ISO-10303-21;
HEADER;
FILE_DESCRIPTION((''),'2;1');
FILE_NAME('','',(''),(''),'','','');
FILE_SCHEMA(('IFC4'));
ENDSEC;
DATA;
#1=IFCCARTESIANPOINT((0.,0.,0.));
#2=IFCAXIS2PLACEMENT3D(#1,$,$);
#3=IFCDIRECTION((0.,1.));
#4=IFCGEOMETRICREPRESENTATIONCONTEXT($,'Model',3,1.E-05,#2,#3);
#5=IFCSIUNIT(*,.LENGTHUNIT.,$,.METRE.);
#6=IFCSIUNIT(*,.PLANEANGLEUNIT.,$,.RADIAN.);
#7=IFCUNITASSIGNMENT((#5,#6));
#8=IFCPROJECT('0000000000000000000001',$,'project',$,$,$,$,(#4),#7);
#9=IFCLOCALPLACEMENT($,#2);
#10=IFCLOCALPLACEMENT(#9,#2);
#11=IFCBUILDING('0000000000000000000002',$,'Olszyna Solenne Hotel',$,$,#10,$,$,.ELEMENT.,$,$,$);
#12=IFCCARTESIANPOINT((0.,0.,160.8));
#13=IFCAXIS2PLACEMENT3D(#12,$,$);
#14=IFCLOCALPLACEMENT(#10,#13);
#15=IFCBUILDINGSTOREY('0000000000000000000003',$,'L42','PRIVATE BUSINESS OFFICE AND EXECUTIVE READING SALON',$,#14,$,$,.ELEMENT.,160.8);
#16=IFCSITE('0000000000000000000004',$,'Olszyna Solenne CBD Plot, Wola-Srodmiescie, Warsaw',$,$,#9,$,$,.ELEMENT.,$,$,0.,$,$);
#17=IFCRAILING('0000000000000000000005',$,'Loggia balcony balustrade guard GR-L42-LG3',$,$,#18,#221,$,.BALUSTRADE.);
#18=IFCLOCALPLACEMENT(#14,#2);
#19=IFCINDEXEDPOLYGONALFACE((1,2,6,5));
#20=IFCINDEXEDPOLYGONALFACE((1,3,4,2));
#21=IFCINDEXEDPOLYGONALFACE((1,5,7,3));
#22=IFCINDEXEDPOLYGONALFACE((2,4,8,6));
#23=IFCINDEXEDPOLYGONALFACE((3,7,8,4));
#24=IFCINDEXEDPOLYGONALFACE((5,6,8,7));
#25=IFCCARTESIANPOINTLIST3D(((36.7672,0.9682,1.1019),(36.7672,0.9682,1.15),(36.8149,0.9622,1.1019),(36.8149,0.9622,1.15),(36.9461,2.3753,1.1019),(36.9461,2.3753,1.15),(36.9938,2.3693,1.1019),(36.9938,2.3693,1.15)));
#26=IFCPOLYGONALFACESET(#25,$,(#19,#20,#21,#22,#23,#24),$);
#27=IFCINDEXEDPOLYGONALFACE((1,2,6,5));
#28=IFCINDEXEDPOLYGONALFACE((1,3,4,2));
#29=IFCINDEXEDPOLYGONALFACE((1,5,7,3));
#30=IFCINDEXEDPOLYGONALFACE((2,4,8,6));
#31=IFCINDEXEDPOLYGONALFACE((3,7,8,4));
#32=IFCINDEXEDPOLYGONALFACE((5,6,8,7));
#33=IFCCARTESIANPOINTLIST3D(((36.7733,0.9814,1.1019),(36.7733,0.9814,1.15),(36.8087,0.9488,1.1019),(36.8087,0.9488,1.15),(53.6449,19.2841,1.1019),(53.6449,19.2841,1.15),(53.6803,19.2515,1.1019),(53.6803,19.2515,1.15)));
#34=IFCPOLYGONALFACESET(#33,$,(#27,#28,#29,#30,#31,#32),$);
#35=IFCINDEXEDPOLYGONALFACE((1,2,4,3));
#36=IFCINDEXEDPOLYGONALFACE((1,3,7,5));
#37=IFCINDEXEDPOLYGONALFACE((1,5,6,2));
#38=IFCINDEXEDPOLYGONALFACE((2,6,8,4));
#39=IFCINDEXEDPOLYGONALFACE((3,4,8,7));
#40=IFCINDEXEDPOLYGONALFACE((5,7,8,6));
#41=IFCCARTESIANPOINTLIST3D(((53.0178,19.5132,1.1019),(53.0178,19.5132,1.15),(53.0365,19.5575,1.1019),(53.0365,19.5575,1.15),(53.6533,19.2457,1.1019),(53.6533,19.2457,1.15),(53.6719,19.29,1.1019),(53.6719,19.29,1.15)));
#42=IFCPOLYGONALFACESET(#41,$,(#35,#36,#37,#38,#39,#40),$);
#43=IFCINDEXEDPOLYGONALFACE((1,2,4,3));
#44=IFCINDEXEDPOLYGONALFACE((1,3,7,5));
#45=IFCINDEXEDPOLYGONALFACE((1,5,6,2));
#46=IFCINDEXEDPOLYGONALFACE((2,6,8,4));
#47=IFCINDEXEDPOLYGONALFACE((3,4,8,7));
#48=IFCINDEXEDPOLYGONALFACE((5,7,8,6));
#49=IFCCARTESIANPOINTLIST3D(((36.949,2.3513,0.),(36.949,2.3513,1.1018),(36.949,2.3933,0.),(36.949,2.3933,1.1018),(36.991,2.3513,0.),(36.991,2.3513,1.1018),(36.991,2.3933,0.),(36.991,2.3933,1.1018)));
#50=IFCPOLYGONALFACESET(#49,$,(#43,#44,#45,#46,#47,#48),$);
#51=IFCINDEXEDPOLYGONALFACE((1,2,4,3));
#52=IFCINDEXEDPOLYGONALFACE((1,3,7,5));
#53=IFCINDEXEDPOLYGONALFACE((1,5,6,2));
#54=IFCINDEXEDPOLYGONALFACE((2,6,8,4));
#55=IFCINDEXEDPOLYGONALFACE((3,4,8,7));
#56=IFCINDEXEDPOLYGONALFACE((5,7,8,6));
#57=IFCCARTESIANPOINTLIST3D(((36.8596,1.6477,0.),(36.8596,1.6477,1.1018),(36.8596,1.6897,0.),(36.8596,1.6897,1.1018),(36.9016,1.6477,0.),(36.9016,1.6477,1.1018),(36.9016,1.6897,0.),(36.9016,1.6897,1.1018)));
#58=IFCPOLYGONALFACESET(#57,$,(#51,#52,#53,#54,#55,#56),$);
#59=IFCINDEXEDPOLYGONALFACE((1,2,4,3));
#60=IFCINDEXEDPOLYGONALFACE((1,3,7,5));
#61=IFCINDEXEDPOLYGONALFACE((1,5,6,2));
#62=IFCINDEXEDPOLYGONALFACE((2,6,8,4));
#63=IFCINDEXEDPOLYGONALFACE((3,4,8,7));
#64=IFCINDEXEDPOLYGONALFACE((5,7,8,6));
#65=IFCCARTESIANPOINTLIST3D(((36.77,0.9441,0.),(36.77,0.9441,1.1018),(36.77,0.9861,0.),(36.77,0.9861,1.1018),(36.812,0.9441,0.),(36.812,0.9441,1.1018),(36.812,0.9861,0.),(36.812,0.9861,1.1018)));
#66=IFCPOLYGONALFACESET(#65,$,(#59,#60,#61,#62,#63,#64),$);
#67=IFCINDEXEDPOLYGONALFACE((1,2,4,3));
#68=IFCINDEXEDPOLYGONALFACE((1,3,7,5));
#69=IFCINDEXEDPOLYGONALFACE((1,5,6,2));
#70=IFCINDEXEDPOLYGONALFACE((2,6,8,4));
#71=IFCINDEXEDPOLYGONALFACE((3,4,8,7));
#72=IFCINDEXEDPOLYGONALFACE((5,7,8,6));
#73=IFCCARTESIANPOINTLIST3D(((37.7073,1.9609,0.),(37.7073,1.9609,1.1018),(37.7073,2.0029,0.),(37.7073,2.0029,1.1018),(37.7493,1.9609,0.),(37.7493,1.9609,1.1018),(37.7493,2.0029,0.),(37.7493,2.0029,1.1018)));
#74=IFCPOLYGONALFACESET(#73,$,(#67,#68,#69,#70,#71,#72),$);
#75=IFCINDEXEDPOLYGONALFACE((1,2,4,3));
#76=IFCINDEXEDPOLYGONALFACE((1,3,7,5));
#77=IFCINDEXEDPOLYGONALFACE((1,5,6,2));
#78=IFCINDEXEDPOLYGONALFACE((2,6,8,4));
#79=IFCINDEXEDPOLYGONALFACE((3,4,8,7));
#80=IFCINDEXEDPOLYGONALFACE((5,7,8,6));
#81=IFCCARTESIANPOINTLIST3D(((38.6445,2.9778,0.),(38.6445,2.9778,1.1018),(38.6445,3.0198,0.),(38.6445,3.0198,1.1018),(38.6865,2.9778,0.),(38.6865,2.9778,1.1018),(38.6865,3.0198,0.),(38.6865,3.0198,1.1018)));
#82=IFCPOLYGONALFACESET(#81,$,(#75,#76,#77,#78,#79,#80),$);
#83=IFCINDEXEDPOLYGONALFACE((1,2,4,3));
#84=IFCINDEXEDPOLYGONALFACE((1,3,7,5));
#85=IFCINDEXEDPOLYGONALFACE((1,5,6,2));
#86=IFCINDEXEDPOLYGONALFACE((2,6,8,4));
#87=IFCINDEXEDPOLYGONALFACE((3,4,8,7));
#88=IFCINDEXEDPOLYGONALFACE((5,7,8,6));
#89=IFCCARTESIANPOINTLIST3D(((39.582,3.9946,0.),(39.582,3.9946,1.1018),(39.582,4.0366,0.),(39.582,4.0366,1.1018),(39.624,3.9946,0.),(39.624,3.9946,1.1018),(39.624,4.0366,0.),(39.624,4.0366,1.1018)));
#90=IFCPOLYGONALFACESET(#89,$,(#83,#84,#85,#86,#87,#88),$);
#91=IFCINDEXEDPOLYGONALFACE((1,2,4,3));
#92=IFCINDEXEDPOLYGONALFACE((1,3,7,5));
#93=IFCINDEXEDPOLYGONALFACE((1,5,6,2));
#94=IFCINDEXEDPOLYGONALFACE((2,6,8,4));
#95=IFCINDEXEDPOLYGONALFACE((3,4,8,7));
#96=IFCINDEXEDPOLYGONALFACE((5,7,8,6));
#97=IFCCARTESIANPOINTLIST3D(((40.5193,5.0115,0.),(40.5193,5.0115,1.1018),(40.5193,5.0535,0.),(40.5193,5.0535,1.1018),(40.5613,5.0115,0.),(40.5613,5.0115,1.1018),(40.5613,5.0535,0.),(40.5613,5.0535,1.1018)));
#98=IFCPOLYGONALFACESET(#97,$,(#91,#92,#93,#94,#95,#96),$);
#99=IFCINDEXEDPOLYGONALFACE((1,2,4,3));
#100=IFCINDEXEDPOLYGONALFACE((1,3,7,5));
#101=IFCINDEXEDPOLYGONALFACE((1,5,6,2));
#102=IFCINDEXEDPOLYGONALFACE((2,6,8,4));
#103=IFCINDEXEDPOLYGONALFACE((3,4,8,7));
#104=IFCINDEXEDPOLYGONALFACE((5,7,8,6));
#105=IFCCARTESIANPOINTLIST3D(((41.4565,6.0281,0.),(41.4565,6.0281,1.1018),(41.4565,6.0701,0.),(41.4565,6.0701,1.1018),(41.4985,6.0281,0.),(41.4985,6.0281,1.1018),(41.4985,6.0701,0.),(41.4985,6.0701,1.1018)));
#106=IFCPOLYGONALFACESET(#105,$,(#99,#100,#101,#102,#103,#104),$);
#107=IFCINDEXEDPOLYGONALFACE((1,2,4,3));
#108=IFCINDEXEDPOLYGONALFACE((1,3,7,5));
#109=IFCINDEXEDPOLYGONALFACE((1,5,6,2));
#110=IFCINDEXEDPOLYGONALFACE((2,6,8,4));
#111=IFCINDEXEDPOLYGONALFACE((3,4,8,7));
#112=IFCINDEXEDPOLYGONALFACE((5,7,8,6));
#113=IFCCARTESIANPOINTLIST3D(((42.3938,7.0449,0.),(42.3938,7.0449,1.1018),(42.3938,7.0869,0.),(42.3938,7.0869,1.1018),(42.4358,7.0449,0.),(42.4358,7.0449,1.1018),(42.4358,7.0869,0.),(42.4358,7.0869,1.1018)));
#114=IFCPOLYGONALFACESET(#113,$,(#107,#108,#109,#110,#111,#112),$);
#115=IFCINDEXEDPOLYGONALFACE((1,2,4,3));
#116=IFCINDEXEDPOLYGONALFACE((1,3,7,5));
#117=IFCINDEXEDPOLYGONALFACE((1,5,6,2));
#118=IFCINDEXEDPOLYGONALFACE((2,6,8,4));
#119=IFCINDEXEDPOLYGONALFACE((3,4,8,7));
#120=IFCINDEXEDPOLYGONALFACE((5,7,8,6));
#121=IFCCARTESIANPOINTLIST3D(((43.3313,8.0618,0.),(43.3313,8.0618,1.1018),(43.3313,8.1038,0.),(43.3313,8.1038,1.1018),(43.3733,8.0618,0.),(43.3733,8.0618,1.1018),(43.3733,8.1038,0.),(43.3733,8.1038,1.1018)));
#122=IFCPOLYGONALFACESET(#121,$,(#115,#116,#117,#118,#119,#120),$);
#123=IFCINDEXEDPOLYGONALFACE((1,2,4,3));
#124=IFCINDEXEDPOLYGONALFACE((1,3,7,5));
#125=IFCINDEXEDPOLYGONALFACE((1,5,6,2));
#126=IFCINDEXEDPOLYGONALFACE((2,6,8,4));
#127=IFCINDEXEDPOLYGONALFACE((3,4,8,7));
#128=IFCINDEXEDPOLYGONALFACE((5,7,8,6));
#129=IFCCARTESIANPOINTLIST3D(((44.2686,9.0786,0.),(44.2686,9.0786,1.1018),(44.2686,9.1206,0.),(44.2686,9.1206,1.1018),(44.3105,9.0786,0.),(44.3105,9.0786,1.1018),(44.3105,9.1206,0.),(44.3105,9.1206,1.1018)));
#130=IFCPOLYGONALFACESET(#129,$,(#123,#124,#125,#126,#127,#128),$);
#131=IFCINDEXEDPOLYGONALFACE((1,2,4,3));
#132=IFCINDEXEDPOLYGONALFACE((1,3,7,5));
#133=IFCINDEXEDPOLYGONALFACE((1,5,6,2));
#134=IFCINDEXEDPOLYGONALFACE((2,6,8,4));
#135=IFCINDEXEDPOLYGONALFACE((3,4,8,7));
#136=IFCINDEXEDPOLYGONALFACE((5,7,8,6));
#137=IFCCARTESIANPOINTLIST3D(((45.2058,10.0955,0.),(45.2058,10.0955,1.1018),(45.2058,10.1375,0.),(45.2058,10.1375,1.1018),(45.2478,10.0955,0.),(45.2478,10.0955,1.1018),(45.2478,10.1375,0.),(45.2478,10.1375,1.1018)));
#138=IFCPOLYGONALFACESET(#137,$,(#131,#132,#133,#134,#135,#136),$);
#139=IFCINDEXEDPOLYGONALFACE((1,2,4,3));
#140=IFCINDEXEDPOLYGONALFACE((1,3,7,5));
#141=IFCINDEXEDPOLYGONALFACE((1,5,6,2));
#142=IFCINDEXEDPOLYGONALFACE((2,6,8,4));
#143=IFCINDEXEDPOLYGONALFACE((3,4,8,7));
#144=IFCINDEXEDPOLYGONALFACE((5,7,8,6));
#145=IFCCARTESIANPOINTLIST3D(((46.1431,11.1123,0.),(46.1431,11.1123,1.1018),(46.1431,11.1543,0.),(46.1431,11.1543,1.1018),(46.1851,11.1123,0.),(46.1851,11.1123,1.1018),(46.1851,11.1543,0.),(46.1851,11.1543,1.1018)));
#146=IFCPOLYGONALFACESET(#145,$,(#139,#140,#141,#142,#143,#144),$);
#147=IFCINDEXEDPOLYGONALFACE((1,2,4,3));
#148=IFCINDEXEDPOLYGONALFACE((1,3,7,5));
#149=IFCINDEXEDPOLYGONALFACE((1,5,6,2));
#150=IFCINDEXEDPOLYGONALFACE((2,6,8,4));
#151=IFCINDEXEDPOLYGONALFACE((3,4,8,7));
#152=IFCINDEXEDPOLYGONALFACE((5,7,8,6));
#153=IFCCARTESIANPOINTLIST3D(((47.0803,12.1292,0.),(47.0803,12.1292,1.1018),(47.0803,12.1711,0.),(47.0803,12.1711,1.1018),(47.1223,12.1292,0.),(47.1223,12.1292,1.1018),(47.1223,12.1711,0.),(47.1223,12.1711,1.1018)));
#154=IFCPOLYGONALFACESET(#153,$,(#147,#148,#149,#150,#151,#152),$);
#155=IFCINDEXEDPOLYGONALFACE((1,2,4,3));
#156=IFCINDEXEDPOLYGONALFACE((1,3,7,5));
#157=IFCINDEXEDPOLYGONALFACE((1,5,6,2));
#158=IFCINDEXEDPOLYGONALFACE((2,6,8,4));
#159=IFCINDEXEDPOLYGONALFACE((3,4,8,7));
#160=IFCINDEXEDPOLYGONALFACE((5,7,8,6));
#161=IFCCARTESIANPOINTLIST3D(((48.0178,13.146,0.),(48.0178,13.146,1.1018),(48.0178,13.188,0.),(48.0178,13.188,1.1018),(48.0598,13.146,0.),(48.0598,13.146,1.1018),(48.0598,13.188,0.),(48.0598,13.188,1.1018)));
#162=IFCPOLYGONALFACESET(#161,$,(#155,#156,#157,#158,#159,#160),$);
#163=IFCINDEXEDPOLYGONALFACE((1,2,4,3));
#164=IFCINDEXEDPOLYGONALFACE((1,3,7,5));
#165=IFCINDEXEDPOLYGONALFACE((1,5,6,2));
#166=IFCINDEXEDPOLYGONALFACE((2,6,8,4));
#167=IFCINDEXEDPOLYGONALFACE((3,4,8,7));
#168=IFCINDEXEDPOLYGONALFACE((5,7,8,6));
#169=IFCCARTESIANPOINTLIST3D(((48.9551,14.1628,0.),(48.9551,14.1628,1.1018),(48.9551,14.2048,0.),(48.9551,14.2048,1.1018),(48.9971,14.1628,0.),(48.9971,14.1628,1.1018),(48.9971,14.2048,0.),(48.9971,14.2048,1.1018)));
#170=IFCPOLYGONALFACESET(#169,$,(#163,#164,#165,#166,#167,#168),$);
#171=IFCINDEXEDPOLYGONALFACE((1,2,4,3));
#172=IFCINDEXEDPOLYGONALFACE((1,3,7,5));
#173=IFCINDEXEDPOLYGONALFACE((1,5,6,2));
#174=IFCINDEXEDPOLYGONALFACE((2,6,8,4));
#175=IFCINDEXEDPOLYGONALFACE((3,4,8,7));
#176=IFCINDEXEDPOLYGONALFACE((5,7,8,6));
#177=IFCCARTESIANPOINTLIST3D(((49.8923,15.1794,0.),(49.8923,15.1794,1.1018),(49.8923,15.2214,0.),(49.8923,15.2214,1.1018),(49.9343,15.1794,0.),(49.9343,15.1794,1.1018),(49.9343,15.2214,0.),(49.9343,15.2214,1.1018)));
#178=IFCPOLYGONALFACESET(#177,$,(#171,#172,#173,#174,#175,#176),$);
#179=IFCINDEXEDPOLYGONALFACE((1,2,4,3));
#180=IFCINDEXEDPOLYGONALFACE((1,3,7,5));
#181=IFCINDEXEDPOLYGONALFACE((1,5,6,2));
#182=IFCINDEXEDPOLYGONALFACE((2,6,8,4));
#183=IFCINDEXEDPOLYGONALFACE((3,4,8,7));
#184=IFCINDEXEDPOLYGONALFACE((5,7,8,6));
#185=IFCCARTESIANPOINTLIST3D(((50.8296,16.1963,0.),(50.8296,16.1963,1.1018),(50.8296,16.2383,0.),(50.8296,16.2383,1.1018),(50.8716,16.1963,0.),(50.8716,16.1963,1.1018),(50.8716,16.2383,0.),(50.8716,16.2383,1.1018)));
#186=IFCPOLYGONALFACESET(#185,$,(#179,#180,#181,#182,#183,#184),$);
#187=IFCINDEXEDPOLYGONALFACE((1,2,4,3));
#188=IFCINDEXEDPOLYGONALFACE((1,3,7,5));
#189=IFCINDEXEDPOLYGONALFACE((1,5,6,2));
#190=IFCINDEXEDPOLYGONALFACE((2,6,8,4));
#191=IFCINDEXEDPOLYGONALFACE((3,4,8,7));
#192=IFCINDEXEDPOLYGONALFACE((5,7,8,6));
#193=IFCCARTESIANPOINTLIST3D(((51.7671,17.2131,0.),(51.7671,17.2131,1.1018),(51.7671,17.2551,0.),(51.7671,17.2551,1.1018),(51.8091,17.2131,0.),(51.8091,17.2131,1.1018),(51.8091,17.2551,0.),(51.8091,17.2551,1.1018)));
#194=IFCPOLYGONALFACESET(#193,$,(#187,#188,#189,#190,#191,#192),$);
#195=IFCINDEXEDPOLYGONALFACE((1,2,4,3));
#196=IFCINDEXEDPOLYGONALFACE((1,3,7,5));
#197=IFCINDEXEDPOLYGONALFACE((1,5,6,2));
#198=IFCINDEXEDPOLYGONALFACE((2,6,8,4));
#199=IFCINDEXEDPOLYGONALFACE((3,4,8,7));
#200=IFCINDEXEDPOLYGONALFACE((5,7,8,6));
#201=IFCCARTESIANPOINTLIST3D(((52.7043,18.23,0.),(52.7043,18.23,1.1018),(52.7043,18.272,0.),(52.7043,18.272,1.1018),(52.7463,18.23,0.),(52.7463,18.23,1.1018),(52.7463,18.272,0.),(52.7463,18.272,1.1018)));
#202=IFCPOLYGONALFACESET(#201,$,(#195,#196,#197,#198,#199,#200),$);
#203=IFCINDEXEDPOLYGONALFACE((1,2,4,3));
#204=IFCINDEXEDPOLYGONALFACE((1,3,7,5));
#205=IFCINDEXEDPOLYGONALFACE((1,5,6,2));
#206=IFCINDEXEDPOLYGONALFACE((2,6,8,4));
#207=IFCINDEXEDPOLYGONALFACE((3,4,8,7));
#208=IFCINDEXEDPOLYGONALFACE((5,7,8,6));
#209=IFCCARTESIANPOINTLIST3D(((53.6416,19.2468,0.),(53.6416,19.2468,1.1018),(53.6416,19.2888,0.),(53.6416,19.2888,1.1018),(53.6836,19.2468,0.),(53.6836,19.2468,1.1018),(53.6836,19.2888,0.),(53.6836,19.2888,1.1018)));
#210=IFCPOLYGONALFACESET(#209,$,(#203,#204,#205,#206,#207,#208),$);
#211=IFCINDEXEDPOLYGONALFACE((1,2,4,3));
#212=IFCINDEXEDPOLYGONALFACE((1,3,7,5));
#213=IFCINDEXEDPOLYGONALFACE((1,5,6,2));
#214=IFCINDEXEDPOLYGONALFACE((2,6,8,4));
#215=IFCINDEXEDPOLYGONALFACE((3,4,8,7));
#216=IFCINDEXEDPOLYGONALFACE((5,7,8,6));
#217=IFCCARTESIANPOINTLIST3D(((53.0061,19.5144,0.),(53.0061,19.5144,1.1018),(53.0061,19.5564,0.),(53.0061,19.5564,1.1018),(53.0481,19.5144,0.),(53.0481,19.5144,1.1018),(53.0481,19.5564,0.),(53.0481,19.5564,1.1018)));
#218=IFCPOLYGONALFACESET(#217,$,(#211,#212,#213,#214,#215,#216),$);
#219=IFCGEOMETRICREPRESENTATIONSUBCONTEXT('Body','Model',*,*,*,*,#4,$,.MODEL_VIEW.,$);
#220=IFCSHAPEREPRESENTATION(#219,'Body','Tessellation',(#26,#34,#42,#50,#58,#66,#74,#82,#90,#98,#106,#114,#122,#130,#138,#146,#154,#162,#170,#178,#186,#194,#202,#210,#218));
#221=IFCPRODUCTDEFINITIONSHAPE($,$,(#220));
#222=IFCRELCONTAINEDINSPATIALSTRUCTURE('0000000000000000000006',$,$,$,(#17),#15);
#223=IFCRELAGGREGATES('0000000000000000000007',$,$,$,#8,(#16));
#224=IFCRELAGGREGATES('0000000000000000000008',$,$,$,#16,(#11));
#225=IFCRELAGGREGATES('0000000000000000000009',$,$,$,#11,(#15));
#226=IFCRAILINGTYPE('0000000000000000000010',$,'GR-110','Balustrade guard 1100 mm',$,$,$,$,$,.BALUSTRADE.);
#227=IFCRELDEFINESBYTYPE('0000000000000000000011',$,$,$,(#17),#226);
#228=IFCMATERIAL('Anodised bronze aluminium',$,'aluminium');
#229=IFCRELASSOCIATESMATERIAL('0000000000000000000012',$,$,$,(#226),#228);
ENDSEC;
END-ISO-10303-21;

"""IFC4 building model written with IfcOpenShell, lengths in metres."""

from ifc_helpers import new_model, si_unit, direction, frame, origin, origin_2d, place, context, subcontext, project, spatial, rectangle, extrude, material, type_object, element, save


model = new_model("IFC4")

# Units and contexts
model_context = context("Model", 3, precision=1e-05, world=origin(), true_north=direction((0.0, 1.0)))
body_context = subcontext(model_context, "Body", "Model", "MODEL_VIEW")
ifc_project = project(units=[si_unit("LENGTHUNIT", "METRE"), si_unit("PLANEANGLEUNIT", "RADIAN")], contexts=[model_context])

# Site, building, storey
site_placement = place(None, origin())
site = spatial("IfcSite", under=ifc_project, at=site_placement, Name="Olszyna Solenne CBD Plot, Wola-Srodmiescie, Warsaw", CompositionType="ELEMENT", RefElevation=0.0)
building_placement = place(site_placement, origin())
building = spatial("IfcBuilding", under=site, at=building_placement, Name="Olszyna Solenne Hotel", CompositionType="ELEMENT")
storey_placement = place(building_placement, frame((0.0, 0.0, 160.8)))
storey = spatial("IfcBuildingStorey", under=building, at=storey_placement, Name="L42", Description="PRIVATE BUSINESS OFFICE AND EXECUTIVE READING SALON", CompositionType="ELEMENT", Elevation=160.8)

# Railing
ifc_material_1 = material(Name="Anodised bronze aluminium", Category="aluminium")
railing_type = type_object("IfcRailingType", Name="GR-110", Description="Balustrade guard 1100 mm", PredefinedType="BALUSTRADE", material=ifc_material_1)
railing_placement = place(storey_placement, frame((36.97, 2.3723, 0.0)))
element("IfcRailing", 1, at=railing_placement, inside=storey, type_object=railing_type, Name="Loggia balcony balustrade guard GR-L42-LG3", PredefinedType="BALUSTRADE", context=body_context, shape_type="SweptSolid", body=[
    extrude(rectangle(XDim=0.0481, YDim=0.0481, at=origin_2d()), frame((0.0, 0.0, 1.126), z_axis=(-0.126153, -0.992011, 0.0), x_axis=(0.992011, -0.126153, 0.0)), (0.0, 0.0, 1.0), 1.4185),
    extrude(rectangle(XDim=0.0481, YDim=0.0481, at=origin_2d()), frame((-0.179, -1.4072, 1.126), z_axis=(0.677776, 0.735269, 0.0), x_axis=(-0.735269, 0.677776, 0.0)), (0.0, 0.0, 1.0), 24.8926),
    extrude(rectangle(XDim=0.0481, YDim=0.0481, at=origin_2d()), frame((16.6926, 16.8955, 1.126), z_axis=(-0.921635, 0.388057, 0.0), x_axis=(-0.388057, -0.921635, 0.0)), (0.0, 0.0, 1.0), 0.6895),
    extrude(rectangle(XDim=0.042, YDim=0.042, at=origin_2d()), origin(), (0.0, 0.0, 1.0), 1.1018),
    extrude(rectangle(XDim=0.042, YDim=0.042, at=origin_2d()), frame((-0.0894, -0.7036, 0.0)), (0.0, 0.0, 1.0), 1.1018),
    extrude(rectangle(XDim=0.042, YDim=0.042, at=origin_2d()), frame((-0.179, -1.4072, 0.0)), (0.0, 0.0, 1.0), 1.1018),
    extrude(rectangle(XDim=0.042, YDim=0.042, at=origin_2d()), frame((0.7583, -0.3904, 0.0)), (0.0, 0.0, 1.0), 1.1018),
    extrude(rectangle(XDim=0.042, YDim=0.042, at=origin_2d()), frame((1.6956, 0.6265, 0.0)), (0.0, 0.0, 1.0), 1.1018),
    extrude(rectangle(XDim=0.042, YDim=0.042, at=origin_2d()), frame((2.6331, 1.6433, 0.0)), (0.0, 0.0, 1.0), 1.1018),
    extrude(rectangle(XDim=0.042, YDim=0.042, at=origin_2d()), frame((3.5703, 2.6602, 0.0)), (0.0, 0.0, 1.0), 1.1018),
    extrude(rectangle(XDim=0.042, YDim=0.042, at=origin_2d()), frame((4.5076, 3.6768, 0.0)), (0.0, 0.0, 1.0), 1.1018),
    extrude(rectangle(XDim=0.042, YDim=0.042, at=origin_2d()), frame((5.4448, 4.6936, 0.0)), (0.0, 0.0, 1.0), 1.1018),
    extrude(rectangle(XDim=0.042, YDim=0.042, at=origin_2d()), frame((6.3823, 5.7104, 0.0)), (0.0, 0.0, 1.0), 1.1018),
    extrude(rectangle(XDim=0.042, YDim=0.042, at=origin_2d()), frame((7.3196, 6.7273, 0.0)), (0.0, 0.0, 1.0), 1.1018),
    extrude(rectangle(XDim=0.042, YDim=0.042, at=origin_2d()), frame((8.2568, 7.7441, 0.0)), (0.0, 0.0, 1.0), 1.1018),
    extrude(rectangle(XDim=0.042, YDim=0.042, at=origin_2d()), frame((9.1941, 8.761, 0.0)), (0.0, 0.0, 1.0), 1.1018),
    extrude(rectangle(XDim=0.042, YDim=0.042, at=origin_2d()), frame((10.1313, 9.7778, 0.0)), (0.0, 0.0, 1.0), 1.1018),
    extrude(rectangle(XDim=0.042, YDim=0.042, at=origin_2d()), frame((11.0688, 10.7947, 0.0)), (0.0, 0.0, 1.0), 1.1018),
    extrude(rectangle(XDim=0.042, YDim=0.042, at=origin_2d()), frame((12.0061, 11.8115, 0.0)), (0.0, 0.0, 1.0), 1.1018),
    extrude(rectangle(XDim=0.042, YDim=0.042, at=origin_2d()), frame((12.9434, 12.8281, 0.0)), (0.0, 0.0, 1.0), 1.1018),
    extrude(rectangle(XDim=0.042, YDim=0.042, at=origin_2d()), frame((13.8806, 13.845, 0.0)), (0.0, 0.0, 1.0), 1.1018),
    extrude(rectangle(XDim=0.042, YDim=0.042, at=origin_2d()), frame((14.8181, 14.8618, 0.0)), (0.0, 0.0, 1.0), 1.1018),
    extrude(rectangle(XDim=0.042, YDim=0.042, at=origin_2d()), frame((15.7554, 15.8787, 0.0)), (0.0, 0.0, 1.0), 1.1018),
    extrude(rectangle(XDim=0.042, YDim=0.042, at=origin_2d()), frame((16.6926, 16.8955, 0.0)), (0.0, 0.0, 1.0), 1.1018),
    extrude(rectangle(XDim=0.042, YDim=0.042, at=origin_2d()), frame((16.0571, 17.1631, 0.0)), (0.0, 0.0, 1.0), 1.1018),
])

save(model, "model.ifc")
